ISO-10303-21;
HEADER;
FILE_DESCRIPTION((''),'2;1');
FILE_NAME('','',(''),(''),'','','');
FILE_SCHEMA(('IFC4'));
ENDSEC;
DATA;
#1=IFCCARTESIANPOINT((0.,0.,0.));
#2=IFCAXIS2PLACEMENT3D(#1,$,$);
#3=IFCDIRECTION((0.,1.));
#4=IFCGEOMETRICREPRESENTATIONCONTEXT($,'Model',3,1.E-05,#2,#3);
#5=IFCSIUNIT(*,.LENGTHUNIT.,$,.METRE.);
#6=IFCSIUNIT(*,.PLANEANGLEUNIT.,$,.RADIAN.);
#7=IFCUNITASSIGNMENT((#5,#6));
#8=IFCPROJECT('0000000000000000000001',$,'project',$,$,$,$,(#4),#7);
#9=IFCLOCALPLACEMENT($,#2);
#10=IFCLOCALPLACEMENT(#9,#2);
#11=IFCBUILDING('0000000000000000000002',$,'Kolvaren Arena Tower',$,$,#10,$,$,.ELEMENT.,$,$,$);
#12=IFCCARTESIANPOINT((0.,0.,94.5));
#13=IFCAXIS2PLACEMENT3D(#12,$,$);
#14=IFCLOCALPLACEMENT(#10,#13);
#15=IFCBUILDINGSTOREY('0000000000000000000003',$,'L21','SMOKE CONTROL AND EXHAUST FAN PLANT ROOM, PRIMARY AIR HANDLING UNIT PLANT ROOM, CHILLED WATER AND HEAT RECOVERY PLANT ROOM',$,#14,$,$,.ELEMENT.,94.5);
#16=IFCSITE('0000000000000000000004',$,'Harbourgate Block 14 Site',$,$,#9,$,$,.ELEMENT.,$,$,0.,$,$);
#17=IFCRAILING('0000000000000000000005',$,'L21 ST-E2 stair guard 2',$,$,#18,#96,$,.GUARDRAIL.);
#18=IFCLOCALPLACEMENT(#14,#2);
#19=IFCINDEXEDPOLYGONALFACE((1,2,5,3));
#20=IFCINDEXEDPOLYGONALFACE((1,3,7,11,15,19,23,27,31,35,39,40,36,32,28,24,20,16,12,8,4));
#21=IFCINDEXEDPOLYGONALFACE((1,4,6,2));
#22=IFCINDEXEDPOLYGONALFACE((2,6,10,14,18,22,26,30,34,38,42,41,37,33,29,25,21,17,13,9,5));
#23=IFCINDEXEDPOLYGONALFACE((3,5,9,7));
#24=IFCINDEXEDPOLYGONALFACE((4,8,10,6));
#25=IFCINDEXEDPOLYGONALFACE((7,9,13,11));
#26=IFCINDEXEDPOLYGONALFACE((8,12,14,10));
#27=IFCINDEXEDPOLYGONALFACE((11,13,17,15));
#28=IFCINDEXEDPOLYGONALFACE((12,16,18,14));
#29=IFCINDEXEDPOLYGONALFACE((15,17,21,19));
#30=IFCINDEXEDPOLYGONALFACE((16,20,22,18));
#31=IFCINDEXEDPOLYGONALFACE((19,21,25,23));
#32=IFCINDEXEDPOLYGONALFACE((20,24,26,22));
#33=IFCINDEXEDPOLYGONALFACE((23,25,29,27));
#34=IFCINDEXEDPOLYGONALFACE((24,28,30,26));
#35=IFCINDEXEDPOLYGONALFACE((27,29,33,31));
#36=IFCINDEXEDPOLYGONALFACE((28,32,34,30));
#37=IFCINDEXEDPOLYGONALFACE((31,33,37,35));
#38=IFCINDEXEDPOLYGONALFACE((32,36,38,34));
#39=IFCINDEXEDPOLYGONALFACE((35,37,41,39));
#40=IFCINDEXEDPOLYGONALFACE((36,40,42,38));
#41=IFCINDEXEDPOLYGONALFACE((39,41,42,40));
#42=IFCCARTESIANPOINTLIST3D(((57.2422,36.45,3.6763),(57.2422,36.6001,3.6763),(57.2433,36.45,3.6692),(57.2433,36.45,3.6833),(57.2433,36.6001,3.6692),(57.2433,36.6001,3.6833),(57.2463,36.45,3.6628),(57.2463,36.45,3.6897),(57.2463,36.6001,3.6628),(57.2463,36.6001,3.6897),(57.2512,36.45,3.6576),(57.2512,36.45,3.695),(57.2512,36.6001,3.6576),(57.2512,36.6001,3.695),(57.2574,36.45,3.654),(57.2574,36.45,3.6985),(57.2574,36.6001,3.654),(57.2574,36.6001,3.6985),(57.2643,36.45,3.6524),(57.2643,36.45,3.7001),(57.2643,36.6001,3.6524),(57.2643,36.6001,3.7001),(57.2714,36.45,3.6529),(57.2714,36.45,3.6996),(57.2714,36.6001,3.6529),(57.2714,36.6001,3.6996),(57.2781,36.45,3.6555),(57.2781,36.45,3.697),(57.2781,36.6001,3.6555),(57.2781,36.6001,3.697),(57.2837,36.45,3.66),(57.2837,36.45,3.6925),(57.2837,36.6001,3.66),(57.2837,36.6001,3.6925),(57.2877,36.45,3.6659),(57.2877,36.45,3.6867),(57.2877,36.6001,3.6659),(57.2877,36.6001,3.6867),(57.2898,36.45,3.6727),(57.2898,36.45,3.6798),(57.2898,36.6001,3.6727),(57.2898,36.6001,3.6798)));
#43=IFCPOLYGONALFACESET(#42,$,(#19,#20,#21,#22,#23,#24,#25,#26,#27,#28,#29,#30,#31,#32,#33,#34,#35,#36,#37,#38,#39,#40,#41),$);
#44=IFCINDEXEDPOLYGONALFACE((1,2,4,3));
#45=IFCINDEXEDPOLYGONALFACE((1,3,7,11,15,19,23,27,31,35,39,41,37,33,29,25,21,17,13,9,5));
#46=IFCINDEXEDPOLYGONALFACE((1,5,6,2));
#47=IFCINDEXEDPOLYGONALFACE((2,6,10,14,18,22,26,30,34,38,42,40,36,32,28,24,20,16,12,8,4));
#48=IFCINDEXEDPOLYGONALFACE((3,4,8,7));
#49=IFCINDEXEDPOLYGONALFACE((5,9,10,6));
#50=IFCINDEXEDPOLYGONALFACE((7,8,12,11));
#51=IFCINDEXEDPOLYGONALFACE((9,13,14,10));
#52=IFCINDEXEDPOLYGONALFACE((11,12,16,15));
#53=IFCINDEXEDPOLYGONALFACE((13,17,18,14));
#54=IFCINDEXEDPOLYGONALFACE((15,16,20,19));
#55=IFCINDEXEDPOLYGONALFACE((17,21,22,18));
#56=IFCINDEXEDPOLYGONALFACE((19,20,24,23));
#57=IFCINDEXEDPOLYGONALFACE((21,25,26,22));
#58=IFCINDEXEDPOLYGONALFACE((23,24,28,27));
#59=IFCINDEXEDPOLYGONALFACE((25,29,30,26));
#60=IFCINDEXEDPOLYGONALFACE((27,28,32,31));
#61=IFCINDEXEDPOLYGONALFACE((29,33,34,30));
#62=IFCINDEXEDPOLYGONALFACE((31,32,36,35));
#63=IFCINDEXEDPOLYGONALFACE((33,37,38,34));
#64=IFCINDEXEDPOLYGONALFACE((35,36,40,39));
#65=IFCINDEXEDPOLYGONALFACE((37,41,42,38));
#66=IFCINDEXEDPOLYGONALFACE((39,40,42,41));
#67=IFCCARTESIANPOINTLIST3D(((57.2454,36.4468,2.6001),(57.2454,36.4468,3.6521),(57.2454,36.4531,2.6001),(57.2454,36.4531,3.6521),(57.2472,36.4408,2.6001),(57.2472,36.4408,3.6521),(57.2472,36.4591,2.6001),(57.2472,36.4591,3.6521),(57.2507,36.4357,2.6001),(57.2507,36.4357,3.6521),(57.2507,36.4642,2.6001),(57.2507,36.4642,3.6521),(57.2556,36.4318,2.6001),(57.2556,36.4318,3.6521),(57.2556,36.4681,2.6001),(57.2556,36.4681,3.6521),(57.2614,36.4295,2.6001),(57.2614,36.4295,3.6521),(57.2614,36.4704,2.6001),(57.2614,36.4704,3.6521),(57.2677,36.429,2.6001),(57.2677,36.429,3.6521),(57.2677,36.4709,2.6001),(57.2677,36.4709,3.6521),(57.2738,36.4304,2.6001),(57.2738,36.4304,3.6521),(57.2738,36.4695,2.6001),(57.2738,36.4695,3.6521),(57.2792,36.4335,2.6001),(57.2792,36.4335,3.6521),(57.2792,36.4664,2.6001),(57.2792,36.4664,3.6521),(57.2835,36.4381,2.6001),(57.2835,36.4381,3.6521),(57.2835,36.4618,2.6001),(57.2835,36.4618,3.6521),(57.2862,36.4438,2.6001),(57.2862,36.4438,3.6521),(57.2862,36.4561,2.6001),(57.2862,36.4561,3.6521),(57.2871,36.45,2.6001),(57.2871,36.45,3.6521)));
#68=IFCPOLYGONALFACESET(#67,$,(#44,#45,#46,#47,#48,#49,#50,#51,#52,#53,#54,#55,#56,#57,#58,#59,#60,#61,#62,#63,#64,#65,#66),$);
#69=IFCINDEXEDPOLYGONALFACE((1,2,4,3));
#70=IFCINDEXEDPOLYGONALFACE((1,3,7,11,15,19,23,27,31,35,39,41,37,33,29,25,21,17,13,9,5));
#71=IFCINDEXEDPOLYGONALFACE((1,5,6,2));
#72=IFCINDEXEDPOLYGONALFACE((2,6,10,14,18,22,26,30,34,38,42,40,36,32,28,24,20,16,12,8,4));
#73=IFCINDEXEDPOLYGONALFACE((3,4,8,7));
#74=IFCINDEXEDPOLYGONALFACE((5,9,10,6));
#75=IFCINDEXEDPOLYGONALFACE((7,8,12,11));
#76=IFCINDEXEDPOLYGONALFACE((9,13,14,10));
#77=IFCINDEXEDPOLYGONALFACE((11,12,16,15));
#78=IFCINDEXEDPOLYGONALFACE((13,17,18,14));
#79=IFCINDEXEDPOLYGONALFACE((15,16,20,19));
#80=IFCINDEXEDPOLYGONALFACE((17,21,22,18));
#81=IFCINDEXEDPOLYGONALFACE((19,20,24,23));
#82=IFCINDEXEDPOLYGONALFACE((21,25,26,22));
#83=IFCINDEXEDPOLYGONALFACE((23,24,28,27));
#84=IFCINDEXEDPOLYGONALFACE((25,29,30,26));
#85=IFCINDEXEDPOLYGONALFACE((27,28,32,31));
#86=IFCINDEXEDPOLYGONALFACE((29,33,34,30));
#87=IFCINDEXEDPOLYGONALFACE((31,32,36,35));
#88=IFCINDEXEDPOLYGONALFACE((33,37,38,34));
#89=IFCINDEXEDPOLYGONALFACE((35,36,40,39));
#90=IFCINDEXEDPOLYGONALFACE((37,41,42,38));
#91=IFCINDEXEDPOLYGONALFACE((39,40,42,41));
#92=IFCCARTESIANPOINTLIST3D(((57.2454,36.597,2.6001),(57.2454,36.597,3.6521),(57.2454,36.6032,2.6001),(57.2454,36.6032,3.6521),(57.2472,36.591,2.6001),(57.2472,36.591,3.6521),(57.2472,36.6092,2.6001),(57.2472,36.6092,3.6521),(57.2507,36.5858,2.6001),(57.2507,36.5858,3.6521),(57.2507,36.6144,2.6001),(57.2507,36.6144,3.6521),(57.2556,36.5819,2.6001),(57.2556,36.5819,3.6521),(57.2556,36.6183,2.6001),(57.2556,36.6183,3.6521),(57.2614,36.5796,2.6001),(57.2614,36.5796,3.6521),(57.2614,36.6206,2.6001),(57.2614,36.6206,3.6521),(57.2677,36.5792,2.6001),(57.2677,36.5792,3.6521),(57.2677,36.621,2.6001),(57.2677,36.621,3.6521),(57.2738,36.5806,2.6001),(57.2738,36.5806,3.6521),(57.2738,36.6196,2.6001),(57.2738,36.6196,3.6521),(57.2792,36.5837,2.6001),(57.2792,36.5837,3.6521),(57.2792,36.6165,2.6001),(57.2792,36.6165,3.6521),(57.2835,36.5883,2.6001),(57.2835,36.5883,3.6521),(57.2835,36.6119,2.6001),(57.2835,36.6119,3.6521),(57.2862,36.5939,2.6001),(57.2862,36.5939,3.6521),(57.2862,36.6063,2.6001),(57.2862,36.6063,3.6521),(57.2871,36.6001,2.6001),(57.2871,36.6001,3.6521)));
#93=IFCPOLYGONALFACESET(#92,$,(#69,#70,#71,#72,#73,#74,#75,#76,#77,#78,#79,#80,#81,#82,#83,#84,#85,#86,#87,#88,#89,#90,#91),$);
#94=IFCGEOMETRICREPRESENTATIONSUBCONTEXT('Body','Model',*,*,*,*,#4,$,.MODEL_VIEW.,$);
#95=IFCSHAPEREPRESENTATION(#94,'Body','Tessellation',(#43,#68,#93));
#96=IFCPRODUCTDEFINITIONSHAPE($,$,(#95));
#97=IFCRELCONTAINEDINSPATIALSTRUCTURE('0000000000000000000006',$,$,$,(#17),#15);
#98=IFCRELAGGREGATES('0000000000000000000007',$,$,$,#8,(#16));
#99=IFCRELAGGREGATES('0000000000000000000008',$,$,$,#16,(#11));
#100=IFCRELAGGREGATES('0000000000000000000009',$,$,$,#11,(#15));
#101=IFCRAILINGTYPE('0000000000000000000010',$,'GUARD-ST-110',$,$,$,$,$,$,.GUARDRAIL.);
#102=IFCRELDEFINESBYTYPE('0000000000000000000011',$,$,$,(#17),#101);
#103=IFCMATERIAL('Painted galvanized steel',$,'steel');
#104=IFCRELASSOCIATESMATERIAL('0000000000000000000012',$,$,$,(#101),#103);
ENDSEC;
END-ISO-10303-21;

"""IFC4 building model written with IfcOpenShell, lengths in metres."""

from ifc_helpers import new_model, si_unit, direction, frame, origin, origin_2d, place, context, subcontext, project, spatial, circle, extrude, material, type_object, element, save


model = new_model("IFC4")

# Units and contexts
model_context = context("Model", 3, precision=1e-05, world=origin(), true_north=direction((0.0, 1.0)))
body_context = subcontext(model_context, "Body", "Model", "MODEL_VIEW")
ifc_project = project(units=[si_unit("LENGTHUNIT", "METRE"), si_unit("PLANEANGLEUNIT", "RADIAN")], contexts=[model_context])

# Site, building, storey
site_placement = place(None, origin())
site = spatial("IfcSite", under=ifc_project, at=site_placement, Name="Harbourgate Block 14 Site", CompositionType="ELEMENT", RefElevation=0.0)
building_placement = place(site_placement, origin())
building = spatial("IfcBuilding", under=site, at=building_placement, Name="Kolvaren Arena Tower", CompositionType="ELEMENT")
storey_placement = place(building_placement, frame((0.0, 0.0, 94.5)))
storey = spatial("IfcBuildingStorey", under=building, at=storey_placement, Name="L21", Description="SMOKE CONTROL AND EXHAUST FAN PLANT ROOM, PRIMARY AIR HANDLING UNIT PLANT ROOM, CHILLED WATER AND HEAT RECOVERY PLANT ROOM", CompositionType="ELEMENT", Elevation=94.5)

# Railing
ifc_material_1 = material(Name="Painted galvanized steel", Category="steel")
railing_type_1 = type_object("IfcRailingType", Name="GUARD-ST-110", PredefinedType="GUARDRAIL", material=ifc_material_1)
railing_1_placement = place(storey_placement, frame((57.2661, 36.45, 2.6001)))
element("IfcRailing", 1, at=railing_1_placement, inside=storey, type_object=railing_type_1, Name="L21 ST-E2 stair guard 2", PredefinedType="GUARDRAIL", context=body_context, shape_type="SweptSolid", body=[
    extrude(circle(Radius=0.0239, at=origin_2d()), frame((0.0, 0.0, 1.0762), z_axis=(0.0, 1.0, 0.0), x_axis=(-1.0, 0.0, 0.0)), (0.0, 0.0, 1.0), 0.1501),
    extrude(circle(Radius=0.021, at=origin_2d()), origin(), (0.0, 0.0, 1.0), 1.052),
    extrude(circle(Radius=0.021, at=origin_2d()), frame((0.0, 0.1501, 0.0)), (0.0, 0.0, 1.0), 1.052),
])

save(model, "model.ifc")
